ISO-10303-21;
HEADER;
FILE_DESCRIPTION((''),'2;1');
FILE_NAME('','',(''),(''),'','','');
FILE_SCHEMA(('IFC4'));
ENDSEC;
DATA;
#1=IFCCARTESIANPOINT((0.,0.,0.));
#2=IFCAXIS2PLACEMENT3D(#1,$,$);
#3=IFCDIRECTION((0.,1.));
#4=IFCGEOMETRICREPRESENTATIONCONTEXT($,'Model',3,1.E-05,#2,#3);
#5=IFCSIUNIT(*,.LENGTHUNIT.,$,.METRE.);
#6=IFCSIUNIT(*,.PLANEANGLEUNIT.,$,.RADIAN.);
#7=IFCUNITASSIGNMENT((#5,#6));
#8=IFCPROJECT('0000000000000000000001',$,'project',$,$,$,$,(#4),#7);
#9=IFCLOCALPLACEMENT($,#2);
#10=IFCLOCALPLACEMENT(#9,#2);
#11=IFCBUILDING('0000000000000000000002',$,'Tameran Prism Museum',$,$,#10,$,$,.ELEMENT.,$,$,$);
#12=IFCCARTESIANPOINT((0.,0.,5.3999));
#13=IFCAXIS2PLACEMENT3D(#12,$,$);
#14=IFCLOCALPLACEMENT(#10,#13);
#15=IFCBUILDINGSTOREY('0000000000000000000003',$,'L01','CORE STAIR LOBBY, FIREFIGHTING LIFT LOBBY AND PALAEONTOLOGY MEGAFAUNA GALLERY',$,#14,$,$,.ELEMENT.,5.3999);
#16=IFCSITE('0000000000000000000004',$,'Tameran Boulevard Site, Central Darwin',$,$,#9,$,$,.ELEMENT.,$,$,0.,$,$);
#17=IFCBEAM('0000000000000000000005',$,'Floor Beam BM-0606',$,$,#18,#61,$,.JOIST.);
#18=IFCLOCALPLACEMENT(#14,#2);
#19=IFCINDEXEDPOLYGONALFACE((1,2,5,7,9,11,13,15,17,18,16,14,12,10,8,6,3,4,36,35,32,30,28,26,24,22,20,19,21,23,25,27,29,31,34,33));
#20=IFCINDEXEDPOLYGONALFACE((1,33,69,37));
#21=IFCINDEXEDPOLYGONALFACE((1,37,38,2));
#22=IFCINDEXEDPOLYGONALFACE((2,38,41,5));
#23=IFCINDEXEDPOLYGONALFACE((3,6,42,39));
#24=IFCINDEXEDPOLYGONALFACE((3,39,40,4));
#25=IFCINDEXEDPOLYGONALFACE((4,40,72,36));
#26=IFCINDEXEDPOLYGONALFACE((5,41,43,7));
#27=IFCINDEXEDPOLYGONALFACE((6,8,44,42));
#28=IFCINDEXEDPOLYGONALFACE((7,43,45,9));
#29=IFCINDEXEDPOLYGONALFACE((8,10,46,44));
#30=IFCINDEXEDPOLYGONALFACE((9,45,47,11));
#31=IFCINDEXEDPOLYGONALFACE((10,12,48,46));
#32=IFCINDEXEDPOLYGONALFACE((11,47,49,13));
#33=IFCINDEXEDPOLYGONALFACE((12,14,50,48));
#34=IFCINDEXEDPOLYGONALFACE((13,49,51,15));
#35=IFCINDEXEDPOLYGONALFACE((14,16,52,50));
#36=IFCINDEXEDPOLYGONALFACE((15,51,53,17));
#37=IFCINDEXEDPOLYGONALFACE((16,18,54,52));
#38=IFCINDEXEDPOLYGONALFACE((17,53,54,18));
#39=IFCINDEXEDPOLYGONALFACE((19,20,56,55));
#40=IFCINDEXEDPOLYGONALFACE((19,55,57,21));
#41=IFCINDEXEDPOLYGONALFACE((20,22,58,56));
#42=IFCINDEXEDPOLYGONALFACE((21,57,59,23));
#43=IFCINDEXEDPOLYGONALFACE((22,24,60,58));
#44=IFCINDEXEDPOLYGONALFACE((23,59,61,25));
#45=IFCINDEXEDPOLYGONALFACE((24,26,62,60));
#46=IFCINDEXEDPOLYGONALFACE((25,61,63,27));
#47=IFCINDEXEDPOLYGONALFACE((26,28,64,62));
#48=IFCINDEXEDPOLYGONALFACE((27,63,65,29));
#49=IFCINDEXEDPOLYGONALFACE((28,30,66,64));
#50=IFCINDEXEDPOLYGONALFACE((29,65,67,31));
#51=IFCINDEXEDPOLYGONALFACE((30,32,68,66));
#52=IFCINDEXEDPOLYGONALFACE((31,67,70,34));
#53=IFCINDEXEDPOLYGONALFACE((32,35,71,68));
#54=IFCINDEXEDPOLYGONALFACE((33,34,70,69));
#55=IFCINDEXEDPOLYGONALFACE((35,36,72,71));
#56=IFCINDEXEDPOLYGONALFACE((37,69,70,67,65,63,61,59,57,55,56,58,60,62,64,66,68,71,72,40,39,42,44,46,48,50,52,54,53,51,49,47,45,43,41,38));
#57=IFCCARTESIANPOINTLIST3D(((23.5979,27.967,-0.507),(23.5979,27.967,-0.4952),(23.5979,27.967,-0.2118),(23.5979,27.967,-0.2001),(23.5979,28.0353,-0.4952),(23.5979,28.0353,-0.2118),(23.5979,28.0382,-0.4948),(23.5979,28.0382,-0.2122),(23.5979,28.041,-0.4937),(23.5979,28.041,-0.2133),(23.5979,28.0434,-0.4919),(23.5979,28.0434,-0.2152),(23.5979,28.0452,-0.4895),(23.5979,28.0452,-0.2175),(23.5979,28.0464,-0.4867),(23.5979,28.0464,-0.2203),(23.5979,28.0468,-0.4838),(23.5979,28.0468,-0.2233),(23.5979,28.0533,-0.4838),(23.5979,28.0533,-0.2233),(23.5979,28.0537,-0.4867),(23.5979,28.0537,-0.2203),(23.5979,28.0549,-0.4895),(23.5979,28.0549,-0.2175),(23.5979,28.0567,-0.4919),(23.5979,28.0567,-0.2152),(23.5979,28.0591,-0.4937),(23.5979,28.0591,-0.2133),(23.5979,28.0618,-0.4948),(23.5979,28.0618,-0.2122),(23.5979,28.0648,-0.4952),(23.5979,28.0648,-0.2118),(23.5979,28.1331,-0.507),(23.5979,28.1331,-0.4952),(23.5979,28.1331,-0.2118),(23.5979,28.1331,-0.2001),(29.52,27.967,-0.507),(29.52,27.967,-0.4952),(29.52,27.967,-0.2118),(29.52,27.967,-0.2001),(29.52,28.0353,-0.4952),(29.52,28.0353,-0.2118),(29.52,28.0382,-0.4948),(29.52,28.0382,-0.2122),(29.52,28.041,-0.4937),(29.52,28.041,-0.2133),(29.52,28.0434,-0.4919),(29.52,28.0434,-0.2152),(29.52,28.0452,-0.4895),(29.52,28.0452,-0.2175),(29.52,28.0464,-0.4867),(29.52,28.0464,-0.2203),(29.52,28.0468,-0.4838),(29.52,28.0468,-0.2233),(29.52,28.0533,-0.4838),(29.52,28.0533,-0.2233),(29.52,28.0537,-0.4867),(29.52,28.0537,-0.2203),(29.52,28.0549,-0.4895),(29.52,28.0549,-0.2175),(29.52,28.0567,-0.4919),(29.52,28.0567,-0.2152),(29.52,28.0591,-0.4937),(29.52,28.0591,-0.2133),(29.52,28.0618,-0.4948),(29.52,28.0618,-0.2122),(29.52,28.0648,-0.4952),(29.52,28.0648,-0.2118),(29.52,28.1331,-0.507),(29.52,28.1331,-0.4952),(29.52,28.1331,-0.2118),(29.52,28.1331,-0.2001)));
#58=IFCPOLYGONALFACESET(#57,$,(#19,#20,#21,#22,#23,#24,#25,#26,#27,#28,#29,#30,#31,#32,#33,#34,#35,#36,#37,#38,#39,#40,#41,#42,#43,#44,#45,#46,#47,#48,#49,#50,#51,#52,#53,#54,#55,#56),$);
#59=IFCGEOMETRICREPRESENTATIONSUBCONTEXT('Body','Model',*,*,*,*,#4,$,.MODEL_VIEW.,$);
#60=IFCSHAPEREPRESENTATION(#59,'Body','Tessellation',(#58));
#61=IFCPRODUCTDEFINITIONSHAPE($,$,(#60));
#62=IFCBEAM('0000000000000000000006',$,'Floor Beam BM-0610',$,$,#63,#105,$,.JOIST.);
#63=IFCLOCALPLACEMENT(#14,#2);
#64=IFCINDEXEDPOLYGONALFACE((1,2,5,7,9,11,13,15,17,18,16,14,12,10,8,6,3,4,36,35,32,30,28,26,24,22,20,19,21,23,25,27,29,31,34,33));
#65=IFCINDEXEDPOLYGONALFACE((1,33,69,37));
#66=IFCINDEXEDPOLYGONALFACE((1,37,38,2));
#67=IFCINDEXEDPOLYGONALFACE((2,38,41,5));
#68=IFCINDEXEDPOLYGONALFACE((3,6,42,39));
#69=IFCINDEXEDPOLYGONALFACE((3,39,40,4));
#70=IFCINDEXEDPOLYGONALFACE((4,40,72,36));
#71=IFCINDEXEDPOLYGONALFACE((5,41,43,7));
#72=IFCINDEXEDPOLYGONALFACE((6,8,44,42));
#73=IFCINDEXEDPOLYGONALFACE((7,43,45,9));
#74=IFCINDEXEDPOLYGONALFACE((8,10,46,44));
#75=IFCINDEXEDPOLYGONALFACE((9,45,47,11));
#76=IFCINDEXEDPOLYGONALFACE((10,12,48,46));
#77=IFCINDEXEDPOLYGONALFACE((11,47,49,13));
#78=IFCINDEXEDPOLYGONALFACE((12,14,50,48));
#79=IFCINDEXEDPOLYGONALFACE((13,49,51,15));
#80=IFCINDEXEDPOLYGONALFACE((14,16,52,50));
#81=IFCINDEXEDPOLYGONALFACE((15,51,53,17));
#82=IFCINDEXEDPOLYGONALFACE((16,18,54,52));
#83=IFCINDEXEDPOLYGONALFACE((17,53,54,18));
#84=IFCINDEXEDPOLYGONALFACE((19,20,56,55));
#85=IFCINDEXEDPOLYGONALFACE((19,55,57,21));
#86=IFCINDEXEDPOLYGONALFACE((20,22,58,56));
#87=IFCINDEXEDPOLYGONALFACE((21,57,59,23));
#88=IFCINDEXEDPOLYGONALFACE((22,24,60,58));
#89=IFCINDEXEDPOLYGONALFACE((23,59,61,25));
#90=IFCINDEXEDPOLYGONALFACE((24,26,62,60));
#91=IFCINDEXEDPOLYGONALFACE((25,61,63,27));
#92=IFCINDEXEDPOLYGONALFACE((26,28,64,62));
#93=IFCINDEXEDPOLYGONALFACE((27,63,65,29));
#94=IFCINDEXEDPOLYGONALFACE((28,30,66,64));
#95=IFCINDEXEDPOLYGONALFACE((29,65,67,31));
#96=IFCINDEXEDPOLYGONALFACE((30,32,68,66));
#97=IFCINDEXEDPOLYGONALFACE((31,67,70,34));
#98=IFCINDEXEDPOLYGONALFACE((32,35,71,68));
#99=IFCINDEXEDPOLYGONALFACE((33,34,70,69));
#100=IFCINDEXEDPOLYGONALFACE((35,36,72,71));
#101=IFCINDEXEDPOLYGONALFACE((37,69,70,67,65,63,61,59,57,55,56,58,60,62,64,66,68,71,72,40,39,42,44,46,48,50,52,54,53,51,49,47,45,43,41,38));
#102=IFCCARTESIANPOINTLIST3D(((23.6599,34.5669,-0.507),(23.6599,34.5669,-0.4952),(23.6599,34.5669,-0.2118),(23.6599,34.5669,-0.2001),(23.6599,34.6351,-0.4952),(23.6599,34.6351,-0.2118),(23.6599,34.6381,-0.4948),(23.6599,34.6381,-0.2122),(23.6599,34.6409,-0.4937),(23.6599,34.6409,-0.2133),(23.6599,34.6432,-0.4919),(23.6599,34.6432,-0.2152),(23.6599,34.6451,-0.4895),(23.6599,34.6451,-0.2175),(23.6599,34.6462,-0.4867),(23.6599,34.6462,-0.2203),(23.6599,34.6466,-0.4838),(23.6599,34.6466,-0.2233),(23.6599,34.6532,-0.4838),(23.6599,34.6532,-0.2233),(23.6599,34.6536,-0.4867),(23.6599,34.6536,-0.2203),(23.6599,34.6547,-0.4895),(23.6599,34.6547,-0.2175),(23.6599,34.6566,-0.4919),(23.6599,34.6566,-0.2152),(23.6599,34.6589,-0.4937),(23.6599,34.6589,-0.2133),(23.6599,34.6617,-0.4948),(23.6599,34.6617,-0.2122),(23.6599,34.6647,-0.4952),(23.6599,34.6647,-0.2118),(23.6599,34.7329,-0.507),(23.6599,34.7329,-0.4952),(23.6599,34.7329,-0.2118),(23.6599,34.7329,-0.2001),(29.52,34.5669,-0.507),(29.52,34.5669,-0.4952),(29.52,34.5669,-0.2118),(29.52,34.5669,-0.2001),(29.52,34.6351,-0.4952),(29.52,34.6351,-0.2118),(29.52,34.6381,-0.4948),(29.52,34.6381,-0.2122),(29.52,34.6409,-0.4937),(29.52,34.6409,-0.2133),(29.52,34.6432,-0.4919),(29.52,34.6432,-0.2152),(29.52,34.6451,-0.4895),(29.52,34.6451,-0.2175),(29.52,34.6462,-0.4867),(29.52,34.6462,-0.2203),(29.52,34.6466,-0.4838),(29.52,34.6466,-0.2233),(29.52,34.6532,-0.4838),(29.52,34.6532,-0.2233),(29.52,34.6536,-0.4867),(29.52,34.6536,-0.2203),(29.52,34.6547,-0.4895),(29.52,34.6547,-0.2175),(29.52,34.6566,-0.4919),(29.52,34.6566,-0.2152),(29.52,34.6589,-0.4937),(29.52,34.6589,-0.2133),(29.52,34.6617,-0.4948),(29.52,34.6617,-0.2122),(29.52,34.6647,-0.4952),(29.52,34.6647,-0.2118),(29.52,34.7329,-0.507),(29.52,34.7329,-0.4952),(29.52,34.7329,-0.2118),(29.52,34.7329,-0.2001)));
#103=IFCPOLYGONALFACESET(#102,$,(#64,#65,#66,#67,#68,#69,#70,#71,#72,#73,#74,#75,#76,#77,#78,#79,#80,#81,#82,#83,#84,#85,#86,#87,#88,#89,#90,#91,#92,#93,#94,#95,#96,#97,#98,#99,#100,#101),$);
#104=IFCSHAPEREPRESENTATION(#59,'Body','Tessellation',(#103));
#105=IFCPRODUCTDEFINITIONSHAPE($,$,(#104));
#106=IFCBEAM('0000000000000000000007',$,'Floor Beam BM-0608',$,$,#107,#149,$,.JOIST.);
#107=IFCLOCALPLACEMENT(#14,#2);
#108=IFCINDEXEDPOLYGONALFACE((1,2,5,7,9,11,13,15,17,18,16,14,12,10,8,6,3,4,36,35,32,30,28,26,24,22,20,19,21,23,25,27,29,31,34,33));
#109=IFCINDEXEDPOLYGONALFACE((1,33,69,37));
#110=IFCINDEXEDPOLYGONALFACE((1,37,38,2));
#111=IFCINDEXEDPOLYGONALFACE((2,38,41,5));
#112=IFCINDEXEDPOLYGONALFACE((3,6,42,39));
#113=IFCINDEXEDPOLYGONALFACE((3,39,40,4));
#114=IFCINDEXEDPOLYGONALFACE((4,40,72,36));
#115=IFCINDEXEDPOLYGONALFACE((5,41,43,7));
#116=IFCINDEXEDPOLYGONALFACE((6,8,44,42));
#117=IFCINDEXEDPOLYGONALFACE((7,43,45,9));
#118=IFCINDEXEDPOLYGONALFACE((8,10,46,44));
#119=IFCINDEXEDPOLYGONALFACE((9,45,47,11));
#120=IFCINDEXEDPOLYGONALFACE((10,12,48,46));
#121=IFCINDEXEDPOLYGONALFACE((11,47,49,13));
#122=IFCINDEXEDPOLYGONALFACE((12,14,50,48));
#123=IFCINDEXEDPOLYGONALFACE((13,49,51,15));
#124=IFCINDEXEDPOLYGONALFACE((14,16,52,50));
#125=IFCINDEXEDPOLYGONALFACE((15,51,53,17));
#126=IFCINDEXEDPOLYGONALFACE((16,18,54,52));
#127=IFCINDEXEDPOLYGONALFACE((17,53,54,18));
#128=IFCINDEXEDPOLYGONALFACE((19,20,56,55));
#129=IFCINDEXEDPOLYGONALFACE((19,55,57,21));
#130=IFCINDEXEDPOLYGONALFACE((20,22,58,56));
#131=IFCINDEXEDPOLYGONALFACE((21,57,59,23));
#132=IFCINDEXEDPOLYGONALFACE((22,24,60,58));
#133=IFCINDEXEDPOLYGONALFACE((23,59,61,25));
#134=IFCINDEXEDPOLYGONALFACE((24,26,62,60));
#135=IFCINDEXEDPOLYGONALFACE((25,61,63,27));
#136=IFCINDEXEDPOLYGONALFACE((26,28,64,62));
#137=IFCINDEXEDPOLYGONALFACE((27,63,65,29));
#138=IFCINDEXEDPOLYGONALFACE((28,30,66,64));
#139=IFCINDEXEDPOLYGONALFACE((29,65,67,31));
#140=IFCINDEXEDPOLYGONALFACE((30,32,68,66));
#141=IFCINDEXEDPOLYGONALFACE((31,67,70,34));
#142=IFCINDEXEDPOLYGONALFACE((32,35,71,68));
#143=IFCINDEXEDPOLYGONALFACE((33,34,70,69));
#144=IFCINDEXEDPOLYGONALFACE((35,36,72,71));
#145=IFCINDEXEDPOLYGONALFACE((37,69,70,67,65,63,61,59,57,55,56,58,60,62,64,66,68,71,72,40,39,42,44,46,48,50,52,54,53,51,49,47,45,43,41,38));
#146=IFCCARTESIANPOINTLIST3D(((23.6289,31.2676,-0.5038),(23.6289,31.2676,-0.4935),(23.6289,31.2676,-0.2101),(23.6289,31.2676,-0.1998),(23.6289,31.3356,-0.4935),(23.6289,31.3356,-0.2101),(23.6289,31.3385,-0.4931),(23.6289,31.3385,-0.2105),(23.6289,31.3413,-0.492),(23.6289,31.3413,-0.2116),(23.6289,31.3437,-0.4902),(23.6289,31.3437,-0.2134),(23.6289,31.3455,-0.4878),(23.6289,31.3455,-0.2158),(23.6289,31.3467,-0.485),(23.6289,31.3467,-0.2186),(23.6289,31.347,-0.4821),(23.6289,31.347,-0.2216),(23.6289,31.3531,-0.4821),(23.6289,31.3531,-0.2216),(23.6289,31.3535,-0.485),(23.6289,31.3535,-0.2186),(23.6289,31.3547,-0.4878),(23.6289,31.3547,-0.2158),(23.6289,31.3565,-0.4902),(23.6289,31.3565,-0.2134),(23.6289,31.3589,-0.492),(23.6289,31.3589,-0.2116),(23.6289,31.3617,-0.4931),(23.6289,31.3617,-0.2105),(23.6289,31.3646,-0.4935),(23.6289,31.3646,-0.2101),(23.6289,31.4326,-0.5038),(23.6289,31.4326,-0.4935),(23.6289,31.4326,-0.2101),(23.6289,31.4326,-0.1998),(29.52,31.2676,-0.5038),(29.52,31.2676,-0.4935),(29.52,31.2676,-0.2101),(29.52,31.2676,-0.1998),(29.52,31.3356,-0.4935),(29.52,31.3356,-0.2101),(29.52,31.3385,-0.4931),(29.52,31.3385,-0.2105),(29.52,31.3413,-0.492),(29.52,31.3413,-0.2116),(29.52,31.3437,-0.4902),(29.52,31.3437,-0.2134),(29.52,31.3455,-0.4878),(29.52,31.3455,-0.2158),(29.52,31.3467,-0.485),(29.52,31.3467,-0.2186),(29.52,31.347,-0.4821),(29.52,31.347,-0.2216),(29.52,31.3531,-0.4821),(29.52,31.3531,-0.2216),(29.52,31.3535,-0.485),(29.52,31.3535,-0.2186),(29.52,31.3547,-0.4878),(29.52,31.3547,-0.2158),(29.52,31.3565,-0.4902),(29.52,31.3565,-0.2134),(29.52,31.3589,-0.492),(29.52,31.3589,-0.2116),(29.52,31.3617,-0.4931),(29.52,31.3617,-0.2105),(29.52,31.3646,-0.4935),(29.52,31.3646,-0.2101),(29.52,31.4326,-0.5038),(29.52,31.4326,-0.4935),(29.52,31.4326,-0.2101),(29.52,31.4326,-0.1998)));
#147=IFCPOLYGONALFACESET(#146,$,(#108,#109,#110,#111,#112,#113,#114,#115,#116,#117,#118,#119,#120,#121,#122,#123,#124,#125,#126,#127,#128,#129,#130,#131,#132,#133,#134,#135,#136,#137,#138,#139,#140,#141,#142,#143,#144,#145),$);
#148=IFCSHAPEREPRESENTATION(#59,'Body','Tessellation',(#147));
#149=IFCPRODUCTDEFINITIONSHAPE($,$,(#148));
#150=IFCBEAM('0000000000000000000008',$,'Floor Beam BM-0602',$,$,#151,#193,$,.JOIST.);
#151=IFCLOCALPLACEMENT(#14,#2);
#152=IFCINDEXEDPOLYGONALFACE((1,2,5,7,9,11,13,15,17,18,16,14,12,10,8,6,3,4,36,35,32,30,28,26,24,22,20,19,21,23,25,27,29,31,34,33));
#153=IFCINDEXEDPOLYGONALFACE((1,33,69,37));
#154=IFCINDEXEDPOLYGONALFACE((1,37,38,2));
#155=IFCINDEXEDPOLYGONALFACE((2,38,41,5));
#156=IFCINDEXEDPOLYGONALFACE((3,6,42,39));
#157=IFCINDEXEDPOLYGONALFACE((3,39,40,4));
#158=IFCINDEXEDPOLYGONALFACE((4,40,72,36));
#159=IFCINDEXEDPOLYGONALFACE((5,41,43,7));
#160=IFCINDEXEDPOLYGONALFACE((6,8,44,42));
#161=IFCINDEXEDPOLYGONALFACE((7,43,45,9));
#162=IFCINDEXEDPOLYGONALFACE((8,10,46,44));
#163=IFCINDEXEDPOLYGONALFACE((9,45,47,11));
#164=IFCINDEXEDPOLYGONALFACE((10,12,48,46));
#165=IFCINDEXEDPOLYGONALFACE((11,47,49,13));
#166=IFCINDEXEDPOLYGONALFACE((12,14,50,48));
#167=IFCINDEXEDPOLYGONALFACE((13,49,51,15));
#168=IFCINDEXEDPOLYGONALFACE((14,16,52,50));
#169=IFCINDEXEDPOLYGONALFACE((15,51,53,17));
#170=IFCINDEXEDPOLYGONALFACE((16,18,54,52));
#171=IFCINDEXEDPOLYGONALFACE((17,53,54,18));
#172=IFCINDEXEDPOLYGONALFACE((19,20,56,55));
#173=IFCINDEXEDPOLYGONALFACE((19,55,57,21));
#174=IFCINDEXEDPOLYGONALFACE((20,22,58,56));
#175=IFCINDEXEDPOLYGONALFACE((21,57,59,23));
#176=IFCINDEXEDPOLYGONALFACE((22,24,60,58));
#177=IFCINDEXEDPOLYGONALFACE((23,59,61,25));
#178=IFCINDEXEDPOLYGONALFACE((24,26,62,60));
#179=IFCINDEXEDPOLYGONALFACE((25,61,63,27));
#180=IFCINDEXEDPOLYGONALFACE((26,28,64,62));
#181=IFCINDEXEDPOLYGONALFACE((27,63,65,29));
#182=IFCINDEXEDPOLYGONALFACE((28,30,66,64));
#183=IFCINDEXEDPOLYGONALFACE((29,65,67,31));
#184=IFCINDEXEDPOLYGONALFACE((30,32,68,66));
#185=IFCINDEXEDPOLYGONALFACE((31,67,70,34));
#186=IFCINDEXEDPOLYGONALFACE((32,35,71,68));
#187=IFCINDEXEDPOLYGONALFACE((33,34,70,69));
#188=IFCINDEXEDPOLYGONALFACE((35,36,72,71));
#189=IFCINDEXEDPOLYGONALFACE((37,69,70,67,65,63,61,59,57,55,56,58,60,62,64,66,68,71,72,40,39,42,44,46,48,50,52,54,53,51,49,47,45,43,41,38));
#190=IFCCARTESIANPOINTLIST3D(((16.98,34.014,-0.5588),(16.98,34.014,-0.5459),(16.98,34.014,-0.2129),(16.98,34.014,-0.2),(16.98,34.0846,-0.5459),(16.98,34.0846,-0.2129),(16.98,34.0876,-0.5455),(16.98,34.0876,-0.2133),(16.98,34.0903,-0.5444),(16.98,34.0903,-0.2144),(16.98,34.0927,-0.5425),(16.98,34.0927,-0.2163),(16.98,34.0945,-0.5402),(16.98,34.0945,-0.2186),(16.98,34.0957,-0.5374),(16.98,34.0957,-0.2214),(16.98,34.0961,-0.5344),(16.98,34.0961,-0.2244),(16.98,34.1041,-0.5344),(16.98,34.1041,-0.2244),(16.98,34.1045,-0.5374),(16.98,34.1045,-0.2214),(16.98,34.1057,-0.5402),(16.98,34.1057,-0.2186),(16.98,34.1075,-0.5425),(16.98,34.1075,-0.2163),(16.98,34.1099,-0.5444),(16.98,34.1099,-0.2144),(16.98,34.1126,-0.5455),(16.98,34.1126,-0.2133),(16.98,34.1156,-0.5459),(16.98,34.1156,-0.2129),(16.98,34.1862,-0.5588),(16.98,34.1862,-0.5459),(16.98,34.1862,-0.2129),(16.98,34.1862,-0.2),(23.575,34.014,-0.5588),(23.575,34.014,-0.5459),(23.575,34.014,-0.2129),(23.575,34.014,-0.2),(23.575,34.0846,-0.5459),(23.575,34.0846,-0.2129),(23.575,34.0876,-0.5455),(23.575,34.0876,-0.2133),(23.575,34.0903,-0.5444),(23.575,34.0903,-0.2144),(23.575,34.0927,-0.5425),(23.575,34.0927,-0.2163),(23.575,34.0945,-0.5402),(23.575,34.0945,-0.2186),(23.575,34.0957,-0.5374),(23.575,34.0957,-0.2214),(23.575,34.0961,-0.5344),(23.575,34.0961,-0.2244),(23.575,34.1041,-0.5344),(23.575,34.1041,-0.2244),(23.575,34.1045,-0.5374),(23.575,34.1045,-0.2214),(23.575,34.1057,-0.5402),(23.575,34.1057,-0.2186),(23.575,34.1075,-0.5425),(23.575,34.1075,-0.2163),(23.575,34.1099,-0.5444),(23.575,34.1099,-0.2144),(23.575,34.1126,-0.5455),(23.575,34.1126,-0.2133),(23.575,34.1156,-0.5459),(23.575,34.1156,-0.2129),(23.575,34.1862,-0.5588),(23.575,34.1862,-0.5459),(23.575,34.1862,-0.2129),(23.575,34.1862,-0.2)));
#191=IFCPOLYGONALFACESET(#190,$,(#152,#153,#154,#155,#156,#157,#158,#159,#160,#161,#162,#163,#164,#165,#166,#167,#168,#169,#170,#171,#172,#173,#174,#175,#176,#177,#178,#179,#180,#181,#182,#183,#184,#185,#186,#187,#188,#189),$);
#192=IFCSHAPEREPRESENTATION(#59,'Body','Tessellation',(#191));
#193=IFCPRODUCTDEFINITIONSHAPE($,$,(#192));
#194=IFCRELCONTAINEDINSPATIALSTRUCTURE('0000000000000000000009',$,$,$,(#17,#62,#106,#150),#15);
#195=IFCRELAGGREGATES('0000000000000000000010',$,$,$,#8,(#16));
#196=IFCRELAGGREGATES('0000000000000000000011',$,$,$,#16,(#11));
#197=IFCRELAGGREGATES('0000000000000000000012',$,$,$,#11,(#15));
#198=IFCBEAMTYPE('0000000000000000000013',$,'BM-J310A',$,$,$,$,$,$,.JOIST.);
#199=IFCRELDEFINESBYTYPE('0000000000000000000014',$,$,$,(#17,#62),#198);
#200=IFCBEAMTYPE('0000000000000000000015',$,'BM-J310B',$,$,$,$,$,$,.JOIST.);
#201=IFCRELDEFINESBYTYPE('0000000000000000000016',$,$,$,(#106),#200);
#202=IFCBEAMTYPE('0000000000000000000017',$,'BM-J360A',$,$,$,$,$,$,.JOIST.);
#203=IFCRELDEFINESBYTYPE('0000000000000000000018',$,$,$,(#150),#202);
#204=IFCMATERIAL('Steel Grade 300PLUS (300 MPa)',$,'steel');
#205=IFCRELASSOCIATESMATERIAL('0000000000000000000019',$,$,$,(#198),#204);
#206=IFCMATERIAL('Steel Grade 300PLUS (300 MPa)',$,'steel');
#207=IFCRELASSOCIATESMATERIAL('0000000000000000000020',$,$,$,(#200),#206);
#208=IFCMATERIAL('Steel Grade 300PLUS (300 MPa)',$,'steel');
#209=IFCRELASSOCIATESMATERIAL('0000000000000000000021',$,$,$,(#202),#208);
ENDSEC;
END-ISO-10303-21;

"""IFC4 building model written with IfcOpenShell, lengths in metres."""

from ifc_helpers import new_model, si_unit, direction, frame, origin, origin_2d, place, context, subcontext, project, spatial, i_section, extrude, material, material_profile, profile_set, type_object, element, save


model = new_model("IFC4")

# Units and contexts
model_context = context("Model", 3, precision=1e-05, world=origin(), true_north=direction((0.0, 1.0)))
body_context = subcontext(model_context, "Body", "Model", "MODEL_VIEW")
ifc_project = project(units=[si_unit("LENGTHUNIT", "METRE"), si_unit("PLANEANGLEUNIT", "RADIAN")], contexts=[model_context])

# Site, building, storey
site_placement = place(None, origin())
site = spatial("IfcSite", under=ifc_project, at=site_placement, Name="Tameran Boulevard Site, Central Darwin", CompositionType="ELEMENT", RefElevation=0.0)
building_placement = place(site_placement, origin())
building = spatial("IfcBuilding", under=site, at=building_placement, Name="Tameran Prism Museum", CompositionType="ELEMENT")
storey_placement = place(building_placement, frame((0.0, 0.0, 5.3999)))
storey = spatial("IfcBuildingStorey", under=building, at=storey_placement, Name="L01", Description="CORE STAIR LOBBY, FIREFIGHTING LIFT LOBBY AND PALAEONTOLOGY MEGAFAUNA GALLERY", CompositionType="ELEMENT", Elevation=5.3999)

# Beams
ifc_material_1 = material(Name="Steel Grade 300PLUS (300 MPa)", Category="steel")
ifc_material_profile_1 = material_profile(ifc_material_1, i_section(OverallWidth=0.166, OverallDepth=0.3069, WebThickness=0.0066, FlangeThickness=0.0117, FilletRadius=0.0115, at=origin_2d()))
ifc_profile_set_1 = profile_set([ifc_material_profile_1])
beam_type_1 = type_object("IfcBeamType", Name="BM-J310A", PredefinedType="JOIST", material=ifc_profile_set_1)
beam_1_placement = place(storey_placement, frame((23.5979, 28.05, -0.3535), z_axis=(1.0, 0.0, 0.0), x_axis=(0.0, 1.0, 0.0)))
element("IfcBeam", 1, at=beam_1_placement, inside=storey, type_object=beam_type_1, Name="Floor Beam BM-0606", PredefinedType="JOIST", context=body_context, shape_type="SweptSolid", body=[
    extrude(i_section(OverallWidth=0.166, OverallDepth=0.3069, WebThickness=0.0066, FlangeThickness=0.0117, FilletRadius=0.0115, at=origin_2d()), origin(), (0.0, 0.0, 1.0), 5.9221),
])
beam_2_placement = place(storey_placement, frame((23.6599, 34.6499, -0.3535), z_axis=(1.0, 0.0, 0.0), x_axis=(0.0, 1.0, 0.0)))
element("IfcBeam", 2, at=beam_2_placement, inside=storey, type_object=beam_type_1, Name="Floor Beam BM-0610", PredefinedType="JOIST", context=body_context, shape_type="SweptSolid", body=[
    extrude(i_section(OverallWidth=0.166, OverallDepth=0.3069, WebThickness=0.0066, FlangeThickness=0.0117, FilletRadius=0.0115, at=origin_2d()), origin(), (0.0, 0.0, 1.0), 5.8601),
])
ifc_material_2 = material(Name="Steel Grade 300PLUS (300 MPa)", Category="steel")
ifc_material_profile_2 = material_profile(ifc_material_2, i_section(OverallWidth=0.165, OverallDepth=0.304, WebThickness=0.0061, FlangeThickness=0.0103, FilletRadius=0.0115, at=origin_2d()))
ifc_profile_set_2 = profile_set([ifc_material_profile_2])
beam_type_2 = type_object("IfcBeamType", Name="BM-J310B", PredefinedType="JOIST", material=ifc_profile_set_2)
beam_3_placement = place(storey_placement, frame((23.6289, 31.3501, -0.3518), z_axis=(1.0, 0.0, 0.0), x_axis=(0.0, 1.0, 0.0)))
element("IfcBeam", 3, at=beam_3_placement, inside=storey, type_object=beam_type_2, Name="Floor Beam BM-0608", PredefinedType="JOIST", context=body_context, shape_type="SweptSolid", body=[
    extrude(i_section(OverallWidth=0.165, OverallDepth=0.304, WebThickness=0.0061, FlangeThickness=0.0103, FilletRadius=0.0115, at=origin_2d()), origin(), (0.0, 0.0, 1.0), 5.8911),
])
ifc_material_3 = material(Name="Steel Grade 300PLUS (300 MPa)", Category="steel")
ifc_material_profile_3 = material_profile(ifc_material_3, i_section(OverallWidth=0.1721, OverallDepth=0.3589, WebThickness=0.0081, FlangeThickness=0.0129, FilletRadius=0.0115, at=origin_2d()))
ifc_profile_set_3 = profile_set([ifc_material_profile_3])
beam_type_3 = type_object("IfcBeamType", Name="BM-J360A", PredefinedType="JOIST", material=ifc_profile_set_3)
beam_4_placement = place(storey_placement, frame((16.98, 34.1001, -0.3794), z_axis=(1.0, 0.0, 0.0), x_axis=(0.0, 1.0, 0.0)))
element("IfcBeam", 4, at=beam_4_placement, inside=storey, type_object=beam_type_3, Name="Floor Beam BM-0602", PredefinedType="JOIST", context=body_context, shape_type="SweptSolid", body=[
    extrude(i_section(OverallWidth=0.1721, OverallDepth=0.3589, WebThickness=0.0081, FlangeThickness=0.0129, FilletRadius=0.0115, at=origin_2d()), origin(), (0.0, 0.0, 1.0), 6.595),
])

save(model, "model.ifc")
